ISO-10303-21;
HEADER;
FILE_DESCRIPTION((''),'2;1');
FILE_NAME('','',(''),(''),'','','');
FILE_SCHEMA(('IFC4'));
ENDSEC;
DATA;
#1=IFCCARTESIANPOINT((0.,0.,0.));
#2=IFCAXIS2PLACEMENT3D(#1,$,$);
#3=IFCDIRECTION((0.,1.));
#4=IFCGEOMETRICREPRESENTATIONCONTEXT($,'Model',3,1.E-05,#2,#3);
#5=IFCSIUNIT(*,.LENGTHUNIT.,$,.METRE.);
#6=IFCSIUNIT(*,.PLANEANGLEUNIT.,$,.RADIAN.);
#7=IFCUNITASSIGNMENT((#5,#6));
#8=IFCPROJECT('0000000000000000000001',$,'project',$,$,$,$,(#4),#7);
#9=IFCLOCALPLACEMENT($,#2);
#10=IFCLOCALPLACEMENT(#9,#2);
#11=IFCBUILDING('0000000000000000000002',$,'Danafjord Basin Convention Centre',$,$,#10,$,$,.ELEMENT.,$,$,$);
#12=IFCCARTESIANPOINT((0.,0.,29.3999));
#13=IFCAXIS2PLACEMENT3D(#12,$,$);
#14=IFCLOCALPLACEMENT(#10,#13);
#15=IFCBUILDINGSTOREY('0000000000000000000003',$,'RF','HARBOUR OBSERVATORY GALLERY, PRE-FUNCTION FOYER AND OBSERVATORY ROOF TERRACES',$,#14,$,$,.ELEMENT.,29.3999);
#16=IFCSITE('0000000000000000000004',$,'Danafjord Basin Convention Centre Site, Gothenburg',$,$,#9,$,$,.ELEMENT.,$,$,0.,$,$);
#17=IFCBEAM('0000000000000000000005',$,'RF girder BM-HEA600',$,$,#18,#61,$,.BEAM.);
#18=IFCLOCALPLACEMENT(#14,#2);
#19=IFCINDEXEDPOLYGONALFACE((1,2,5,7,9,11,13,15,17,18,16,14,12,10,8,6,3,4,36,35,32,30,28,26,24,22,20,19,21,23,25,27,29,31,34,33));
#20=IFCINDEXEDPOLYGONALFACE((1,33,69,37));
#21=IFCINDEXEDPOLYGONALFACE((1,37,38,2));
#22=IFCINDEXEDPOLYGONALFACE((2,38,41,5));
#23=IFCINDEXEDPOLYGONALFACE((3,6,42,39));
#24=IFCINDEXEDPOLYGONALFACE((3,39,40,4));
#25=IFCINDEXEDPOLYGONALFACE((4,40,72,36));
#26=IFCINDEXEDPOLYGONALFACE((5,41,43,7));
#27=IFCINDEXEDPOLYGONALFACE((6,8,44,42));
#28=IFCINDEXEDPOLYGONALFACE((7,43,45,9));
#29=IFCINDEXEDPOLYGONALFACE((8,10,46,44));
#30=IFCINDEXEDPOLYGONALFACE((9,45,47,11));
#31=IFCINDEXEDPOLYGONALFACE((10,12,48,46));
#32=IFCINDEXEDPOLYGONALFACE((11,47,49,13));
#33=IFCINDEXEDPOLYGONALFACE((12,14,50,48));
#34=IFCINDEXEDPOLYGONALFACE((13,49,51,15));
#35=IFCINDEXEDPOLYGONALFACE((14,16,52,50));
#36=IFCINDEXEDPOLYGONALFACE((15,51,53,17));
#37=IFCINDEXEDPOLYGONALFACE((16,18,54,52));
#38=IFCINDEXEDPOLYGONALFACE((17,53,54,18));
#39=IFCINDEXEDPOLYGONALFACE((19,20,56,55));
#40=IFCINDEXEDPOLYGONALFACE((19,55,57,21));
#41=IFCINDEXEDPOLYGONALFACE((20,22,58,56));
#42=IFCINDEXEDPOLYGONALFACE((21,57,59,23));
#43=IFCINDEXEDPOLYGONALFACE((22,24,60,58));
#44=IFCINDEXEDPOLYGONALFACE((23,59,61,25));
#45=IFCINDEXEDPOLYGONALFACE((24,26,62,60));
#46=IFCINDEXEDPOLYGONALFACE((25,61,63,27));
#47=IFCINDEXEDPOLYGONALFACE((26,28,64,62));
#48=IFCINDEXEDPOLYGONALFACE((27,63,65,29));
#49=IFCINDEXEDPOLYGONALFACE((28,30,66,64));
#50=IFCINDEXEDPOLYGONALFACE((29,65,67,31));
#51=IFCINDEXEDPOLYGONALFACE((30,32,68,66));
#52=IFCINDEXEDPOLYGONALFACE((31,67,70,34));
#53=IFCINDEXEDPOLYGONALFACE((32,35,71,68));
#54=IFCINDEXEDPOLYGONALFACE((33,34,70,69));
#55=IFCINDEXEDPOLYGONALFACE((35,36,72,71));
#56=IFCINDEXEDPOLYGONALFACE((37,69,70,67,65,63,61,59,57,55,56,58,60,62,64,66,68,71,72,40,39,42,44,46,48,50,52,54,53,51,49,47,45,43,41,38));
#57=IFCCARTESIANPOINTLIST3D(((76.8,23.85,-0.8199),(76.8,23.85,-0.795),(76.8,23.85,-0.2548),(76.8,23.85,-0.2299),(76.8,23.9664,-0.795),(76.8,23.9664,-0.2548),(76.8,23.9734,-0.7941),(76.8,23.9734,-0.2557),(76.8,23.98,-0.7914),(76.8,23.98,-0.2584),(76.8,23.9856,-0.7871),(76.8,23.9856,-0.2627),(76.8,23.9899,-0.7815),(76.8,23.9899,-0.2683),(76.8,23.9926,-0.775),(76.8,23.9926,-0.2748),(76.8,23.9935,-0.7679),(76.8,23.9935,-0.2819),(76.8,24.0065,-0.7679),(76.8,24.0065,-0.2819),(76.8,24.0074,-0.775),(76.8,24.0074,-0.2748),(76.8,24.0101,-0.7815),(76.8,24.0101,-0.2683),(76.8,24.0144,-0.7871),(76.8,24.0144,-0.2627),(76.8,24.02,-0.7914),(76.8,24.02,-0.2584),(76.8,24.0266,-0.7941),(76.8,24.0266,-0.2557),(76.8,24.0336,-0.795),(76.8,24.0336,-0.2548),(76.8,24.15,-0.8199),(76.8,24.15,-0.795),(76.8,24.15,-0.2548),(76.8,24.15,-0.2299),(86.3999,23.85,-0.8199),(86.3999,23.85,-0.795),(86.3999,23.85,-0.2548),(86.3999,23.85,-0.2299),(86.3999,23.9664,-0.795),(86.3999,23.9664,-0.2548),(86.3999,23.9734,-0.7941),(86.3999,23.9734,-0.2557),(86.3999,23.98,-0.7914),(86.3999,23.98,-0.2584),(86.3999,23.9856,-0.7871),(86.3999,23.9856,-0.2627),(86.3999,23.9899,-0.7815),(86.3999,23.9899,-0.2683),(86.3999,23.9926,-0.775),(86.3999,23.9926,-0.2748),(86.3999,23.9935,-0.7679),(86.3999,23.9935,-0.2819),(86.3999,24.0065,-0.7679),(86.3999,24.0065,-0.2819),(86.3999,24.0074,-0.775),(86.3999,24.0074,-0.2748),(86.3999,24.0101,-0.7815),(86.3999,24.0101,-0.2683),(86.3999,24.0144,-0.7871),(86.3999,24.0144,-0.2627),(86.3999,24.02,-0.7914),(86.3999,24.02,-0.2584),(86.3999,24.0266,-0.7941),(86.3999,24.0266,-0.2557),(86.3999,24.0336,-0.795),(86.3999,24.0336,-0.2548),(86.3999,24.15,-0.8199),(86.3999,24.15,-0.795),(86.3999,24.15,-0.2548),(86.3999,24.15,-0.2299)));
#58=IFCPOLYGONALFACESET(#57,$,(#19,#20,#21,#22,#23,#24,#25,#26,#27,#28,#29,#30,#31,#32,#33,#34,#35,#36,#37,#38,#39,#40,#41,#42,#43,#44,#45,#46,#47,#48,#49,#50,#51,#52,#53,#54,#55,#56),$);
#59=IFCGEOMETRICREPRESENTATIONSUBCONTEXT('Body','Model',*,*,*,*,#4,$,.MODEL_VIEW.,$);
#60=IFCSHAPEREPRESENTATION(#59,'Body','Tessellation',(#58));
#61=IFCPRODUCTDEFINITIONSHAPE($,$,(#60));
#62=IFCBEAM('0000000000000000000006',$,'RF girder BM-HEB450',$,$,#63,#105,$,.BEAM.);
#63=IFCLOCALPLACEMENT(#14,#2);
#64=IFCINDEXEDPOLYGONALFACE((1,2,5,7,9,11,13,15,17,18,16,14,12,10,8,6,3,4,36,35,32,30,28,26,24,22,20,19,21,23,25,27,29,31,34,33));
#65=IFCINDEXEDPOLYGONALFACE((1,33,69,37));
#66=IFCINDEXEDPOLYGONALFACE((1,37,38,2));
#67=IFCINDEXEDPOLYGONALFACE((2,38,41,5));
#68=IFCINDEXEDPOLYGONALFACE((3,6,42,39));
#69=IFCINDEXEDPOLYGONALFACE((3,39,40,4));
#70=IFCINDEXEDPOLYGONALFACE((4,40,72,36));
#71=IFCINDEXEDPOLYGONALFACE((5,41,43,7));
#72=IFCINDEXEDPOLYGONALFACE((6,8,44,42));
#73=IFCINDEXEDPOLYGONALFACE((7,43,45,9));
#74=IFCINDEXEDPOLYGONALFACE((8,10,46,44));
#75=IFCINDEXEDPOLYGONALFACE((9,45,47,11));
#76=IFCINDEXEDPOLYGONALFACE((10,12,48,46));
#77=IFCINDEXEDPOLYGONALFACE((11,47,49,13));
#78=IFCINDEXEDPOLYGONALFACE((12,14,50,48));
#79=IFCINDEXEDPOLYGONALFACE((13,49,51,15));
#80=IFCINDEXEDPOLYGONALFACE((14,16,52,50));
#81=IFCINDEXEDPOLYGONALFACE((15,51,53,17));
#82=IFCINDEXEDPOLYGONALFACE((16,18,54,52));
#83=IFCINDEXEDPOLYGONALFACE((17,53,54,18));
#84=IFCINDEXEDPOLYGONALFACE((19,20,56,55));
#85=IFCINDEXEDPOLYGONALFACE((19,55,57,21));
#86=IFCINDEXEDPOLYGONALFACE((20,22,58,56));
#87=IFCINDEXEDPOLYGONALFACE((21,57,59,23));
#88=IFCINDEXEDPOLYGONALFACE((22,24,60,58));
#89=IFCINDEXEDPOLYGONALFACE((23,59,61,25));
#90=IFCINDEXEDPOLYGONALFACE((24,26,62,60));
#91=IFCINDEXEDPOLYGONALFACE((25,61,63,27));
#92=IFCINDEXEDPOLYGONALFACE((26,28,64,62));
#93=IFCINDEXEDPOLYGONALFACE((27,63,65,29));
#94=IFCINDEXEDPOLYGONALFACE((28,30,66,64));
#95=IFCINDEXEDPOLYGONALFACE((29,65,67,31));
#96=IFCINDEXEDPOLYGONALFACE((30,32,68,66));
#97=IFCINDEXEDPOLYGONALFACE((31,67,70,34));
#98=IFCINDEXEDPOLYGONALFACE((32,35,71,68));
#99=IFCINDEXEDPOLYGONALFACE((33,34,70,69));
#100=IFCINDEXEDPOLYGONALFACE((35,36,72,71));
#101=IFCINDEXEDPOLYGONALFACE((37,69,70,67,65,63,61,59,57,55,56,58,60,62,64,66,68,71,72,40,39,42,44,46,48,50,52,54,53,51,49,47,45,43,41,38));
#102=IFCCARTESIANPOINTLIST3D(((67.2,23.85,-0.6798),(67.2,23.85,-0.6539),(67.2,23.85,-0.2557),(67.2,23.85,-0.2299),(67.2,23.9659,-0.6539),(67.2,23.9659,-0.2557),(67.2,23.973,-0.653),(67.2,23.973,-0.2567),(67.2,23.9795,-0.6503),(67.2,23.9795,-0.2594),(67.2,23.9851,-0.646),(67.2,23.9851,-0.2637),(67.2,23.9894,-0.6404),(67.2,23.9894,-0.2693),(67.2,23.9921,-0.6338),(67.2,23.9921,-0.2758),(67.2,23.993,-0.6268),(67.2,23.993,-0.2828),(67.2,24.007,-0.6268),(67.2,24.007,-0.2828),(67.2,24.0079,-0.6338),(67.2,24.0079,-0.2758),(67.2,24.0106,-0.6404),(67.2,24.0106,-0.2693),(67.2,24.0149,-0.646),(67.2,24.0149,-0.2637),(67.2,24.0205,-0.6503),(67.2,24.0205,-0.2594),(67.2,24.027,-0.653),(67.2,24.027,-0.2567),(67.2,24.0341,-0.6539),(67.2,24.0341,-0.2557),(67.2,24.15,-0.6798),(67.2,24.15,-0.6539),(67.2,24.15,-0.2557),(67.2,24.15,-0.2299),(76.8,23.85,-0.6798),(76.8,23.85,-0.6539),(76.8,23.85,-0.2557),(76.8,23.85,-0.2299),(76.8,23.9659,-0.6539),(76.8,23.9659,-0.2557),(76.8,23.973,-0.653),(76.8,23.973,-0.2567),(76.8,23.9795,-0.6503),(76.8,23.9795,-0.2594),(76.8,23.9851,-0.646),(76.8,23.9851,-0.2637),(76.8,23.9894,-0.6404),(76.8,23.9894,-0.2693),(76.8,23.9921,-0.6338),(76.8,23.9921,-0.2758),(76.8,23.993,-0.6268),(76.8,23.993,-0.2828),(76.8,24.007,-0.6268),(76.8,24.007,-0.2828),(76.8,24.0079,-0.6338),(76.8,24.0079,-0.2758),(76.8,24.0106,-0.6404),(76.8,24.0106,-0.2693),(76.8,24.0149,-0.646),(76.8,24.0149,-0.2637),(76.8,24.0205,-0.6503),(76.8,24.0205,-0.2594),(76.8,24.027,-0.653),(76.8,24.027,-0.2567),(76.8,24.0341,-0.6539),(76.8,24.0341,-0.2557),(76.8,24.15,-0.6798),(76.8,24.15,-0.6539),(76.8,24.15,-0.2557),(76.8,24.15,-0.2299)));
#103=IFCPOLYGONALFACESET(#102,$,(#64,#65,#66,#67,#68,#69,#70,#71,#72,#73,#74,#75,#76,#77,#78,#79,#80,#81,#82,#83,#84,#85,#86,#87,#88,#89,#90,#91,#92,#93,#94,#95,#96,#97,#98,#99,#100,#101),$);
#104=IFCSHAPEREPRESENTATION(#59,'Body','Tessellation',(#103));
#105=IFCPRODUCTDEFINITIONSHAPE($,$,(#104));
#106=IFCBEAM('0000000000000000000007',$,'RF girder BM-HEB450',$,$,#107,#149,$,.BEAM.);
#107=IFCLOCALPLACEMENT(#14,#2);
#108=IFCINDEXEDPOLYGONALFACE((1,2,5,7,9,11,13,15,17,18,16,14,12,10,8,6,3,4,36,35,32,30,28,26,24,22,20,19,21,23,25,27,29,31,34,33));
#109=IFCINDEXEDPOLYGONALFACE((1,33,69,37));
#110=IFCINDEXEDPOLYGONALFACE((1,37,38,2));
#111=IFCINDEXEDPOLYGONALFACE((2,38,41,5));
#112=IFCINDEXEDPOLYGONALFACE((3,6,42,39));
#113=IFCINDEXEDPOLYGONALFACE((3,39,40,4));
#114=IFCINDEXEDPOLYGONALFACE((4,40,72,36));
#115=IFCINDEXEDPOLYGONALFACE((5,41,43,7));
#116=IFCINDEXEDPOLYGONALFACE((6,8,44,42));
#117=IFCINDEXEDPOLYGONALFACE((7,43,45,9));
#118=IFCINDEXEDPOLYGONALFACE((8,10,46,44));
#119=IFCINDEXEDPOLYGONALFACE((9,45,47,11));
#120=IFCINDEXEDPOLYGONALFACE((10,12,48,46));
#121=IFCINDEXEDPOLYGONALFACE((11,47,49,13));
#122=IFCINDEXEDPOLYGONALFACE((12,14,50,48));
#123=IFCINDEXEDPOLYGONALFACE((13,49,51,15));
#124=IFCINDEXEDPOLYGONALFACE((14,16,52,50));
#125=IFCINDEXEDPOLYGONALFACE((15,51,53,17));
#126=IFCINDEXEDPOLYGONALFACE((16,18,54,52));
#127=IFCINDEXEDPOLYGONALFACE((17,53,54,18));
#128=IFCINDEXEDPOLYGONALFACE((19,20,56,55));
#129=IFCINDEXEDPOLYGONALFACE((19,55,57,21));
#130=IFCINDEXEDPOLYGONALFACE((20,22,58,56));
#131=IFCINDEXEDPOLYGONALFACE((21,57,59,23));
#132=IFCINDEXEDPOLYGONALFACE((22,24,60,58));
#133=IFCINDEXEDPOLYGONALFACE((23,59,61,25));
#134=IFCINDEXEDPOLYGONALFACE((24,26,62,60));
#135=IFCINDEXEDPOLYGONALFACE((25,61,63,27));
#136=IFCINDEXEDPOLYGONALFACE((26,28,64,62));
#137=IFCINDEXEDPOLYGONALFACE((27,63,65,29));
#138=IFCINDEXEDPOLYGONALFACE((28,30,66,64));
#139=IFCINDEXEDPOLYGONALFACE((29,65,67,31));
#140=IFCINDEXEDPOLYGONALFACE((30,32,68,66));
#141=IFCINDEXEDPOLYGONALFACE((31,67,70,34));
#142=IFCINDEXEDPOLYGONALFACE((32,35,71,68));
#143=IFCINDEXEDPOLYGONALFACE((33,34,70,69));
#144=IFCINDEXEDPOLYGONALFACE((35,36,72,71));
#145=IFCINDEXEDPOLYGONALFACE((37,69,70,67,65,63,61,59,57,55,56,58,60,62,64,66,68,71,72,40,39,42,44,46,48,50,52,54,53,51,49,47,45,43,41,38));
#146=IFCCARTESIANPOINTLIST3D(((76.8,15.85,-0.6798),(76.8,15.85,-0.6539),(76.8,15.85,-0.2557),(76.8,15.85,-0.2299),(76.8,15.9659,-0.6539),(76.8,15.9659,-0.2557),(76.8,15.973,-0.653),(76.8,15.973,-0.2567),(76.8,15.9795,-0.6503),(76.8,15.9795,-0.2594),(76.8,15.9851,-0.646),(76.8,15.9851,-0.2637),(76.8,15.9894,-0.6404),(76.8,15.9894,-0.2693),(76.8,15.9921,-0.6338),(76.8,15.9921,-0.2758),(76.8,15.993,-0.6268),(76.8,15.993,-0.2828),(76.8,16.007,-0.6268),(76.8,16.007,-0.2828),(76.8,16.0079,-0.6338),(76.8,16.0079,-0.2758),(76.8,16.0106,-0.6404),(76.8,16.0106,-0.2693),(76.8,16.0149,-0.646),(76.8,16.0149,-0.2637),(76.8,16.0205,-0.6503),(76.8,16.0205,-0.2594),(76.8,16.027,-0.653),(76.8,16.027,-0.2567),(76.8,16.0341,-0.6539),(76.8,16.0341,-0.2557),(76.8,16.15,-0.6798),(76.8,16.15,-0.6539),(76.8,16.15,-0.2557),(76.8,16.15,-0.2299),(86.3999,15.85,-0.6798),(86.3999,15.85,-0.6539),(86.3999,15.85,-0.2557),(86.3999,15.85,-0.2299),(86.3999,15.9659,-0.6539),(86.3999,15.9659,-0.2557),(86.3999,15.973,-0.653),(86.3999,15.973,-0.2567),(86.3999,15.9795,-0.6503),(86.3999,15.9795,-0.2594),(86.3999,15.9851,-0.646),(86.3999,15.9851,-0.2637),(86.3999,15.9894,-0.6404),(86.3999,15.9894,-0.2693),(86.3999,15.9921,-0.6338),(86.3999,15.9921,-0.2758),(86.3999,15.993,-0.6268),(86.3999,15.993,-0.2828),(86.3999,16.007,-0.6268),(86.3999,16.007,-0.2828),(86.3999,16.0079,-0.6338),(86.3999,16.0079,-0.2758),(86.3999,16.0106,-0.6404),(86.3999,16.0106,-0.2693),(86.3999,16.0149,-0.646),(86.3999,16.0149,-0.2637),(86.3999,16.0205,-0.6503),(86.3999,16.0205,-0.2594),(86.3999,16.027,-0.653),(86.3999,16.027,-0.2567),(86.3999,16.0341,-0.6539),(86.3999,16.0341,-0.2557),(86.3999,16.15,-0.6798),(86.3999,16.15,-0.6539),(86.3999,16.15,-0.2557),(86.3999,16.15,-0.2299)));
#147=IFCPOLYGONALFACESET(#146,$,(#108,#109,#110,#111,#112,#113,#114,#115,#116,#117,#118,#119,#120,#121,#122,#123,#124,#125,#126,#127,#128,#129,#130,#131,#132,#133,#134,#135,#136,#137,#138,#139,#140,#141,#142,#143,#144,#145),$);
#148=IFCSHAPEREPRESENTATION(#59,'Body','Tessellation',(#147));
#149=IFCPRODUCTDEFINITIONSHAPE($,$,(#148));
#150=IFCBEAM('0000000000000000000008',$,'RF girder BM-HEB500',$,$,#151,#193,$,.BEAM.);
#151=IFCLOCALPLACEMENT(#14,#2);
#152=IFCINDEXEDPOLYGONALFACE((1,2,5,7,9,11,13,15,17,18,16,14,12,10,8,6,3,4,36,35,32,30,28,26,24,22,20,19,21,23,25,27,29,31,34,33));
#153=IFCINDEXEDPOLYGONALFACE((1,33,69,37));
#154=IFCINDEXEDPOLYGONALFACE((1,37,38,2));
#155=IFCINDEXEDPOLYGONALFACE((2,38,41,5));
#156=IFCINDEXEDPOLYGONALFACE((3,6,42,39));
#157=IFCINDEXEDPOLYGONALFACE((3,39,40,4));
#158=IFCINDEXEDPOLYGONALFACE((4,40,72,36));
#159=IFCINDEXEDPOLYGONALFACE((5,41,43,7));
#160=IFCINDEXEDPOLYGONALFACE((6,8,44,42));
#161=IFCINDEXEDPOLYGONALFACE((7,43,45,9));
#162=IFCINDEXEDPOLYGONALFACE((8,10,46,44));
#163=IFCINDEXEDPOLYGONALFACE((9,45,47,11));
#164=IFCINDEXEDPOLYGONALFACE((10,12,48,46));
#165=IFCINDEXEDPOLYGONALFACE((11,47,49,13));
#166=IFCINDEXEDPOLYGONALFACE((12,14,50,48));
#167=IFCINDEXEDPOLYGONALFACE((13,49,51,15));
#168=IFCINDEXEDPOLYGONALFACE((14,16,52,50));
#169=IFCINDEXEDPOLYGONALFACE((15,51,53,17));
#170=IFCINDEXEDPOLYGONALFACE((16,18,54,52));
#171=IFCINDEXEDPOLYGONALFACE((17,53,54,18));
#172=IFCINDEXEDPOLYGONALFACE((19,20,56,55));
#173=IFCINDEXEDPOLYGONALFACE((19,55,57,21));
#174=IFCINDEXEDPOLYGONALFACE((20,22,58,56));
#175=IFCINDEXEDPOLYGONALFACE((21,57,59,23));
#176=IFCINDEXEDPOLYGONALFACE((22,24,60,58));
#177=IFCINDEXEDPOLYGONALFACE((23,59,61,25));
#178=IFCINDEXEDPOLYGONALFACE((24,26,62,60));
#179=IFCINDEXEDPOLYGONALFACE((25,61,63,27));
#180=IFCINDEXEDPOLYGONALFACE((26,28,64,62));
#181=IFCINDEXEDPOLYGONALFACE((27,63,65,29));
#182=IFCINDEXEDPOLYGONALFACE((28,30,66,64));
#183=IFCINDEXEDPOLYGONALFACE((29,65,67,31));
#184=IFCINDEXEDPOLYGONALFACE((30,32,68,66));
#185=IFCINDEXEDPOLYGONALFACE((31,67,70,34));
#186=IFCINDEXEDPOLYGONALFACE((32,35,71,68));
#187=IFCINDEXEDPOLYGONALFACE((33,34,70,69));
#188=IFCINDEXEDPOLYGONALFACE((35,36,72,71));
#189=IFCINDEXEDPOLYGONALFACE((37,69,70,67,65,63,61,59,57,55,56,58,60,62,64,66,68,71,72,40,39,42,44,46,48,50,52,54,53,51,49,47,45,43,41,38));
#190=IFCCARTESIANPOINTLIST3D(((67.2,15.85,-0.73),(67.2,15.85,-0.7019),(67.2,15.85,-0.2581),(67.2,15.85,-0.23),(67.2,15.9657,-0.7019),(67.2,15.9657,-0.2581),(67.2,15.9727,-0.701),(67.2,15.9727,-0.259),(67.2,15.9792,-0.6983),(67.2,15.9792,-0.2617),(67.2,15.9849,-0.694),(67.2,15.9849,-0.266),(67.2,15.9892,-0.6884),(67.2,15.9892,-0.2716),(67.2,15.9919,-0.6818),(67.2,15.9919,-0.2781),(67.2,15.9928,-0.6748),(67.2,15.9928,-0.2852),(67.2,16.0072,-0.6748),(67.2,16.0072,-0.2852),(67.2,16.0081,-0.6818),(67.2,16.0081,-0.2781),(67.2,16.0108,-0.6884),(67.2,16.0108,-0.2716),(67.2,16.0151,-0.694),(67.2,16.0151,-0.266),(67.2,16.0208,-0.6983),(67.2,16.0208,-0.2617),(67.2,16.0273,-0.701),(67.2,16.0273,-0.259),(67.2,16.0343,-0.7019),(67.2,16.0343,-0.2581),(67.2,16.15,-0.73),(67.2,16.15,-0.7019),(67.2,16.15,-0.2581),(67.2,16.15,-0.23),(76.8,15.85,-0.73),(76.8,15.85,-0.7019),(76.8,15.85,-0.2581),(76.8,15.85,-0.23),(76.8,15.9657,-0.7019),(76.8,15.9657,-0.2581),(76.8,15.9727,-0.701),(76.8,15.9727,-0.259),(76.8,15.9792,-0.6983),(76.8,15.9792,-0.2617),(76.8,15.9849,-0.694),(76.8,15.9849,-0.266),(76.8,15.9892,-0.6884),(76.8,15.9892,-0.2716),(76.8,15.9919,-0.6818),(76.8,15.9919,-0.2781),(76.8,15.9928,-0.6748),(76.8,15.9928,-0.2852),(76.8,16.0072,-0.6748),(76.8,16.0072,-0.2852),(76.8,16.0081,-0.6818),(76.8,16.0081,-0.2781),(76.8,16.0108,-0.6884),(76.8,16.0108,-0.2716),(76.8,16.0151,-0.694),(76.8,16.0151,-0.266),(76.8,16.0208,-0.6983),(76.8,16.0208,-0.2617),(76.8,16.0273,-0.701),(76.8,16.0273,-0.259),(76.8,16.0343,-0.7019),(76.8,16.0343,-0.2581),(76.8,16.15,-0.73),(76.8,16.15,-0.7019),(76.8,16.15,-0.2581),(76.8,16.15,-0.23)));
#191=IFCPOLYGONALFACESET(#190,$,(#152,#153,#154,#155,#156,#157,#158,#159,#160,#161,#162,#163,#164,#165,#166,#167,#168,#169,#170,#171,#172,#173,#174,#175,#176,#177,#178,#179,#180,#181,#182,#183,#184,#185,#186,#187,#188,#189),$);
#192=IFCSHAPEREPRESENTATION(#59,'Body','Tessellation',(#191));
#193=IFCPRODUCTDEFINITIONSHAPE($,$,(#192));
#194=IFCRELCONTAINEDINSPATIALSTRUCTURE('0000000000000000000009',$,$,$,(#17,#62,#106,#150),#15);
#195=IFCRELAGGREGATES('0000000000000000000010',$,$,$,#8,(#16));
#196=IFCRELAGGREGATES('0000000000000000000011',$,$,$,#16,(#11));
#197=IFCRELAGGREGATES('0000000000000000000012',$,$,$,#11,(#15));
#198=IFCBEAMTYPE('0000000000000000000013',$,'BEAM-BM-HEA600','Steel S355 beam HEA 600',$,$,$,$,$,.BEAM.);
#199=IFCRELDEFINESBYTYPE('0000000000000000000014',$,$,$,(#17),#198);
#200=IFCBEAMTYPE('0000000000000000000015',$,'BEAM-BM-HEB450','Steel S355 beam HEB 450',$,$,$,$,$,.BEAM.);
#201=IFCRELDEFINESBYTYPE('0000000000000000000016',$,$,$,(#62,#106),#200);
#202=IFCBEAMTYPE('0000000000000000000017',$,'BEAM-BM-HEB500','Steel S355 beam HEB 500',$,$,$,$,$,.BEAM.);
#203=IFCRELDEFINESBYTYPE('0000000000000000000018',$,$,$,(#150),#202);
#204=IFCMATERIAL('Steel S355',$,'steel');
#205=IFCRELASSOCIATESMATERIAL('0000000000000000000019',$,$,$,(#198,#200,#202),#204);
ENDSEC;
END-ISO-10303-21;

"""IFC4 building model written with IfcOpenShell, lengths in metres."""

from ifc_helpers import new_model, si_unit, direction, frame, origin, origin_2d, place, context, subcontext, project, spatial, i_section, extrude, material, material_profile, profile_set, type_object, element, save


model = new_model("IFC4")

# Units and contexts
model_context = context("Model", 3, precision=1e-05, world=origin(), true_north=direction((0.0, 1.0)))
body_context = subcontext(model_context, "Body", "Model", "MODEL_VIEW")
ifc_project = project(units=[si_unit("LENGTHUNIT", "METRE"), si_unit("PLANEANGLEUNIT", "RADIAN")], contexts=[model_context])

# Site, building, storey
site_placement = place(None, origin())
site = spatial("IfcSite", under=ifc_project, at=site_placement, Name="Danafjord Basin Convention Centre Site, Gothenburg", CompositionType="ELEMENT", RefElevation=0.0)
building_placement = place(site_placement, origin())
building = spatial("IfcBuilding", under=site, at=building_placement, Name="Danafjord Basin Convention Centre", CompositionType="ELEMENT")
storey_placement = place(building_placement, frame((0.0, 0.0, 29.3999)))
storey = spatial("IfcBuildingStorey", under=building, at=storey_placement, Name="RF", Description="HARBOUR OBSERVATORY GALLERY, PRE-FUNCTION FOYER AND OBSERVATORY ROOF TERRACES", CompositionType="ELEMENT", Elevation=29.3999)

# Shared definitions
ifc_material_1 = material(Name="Steel S355", Category="steel")

# Beams
ifc_material_profile_1 = material_profile(ifc_material_1, i_section(OverallWidth=0.3, OverallDepth=0.5901, WebThickness=0.0129, FlangeThickness=0.0249, FilletRadius=0.0271, at=origin_2d()), Name="HEA 600")
ifc_profile_set_1 = profile_set([ifc_material_profile_1], Name="Steel S355")
beam_type_1 = type_object("IfcBeamType", Name="BEAM-BM-HEA600", Description="Steel S355 beam HEA 600", PredefinedType="BEAM", material=ifc_profile_set_1)
beam_1_placement = place(storey_placement, frame((76.8, 24.0, -0.5249), z_axis=(1.0, 0.0, 0.0), x_axis=(0.0, 1.0, 0.0)))
element("IfcBeam", 1, at=beam_1_placement, inside=storey, type_object=beam_type_1, Name="RF girder BM-HEA600", PredefinedType="BEAM", context=body_context, shape_type="SweptSolid", body=[
    extrude(i_section(OverallWidth=0.3, OverallDepth=0.5901, WebThickness=0.0129, FlangeThickness=0.0249, FilletRadius=0.0271, at=origin_2d()), origin(), (0.0, 0.0, 1.0), 9.5999),
])
ifc_material_profile_2 = material_profile(ifc_material_1, i_section(OverallWidth=0.3, OverallDepth=0.45, WebThickness=0.0139, FlangeThickness=0.0259, FilletRadius=0.0271, at=origin_2d()), Name="HEB 450")
ifc_profile_set_2 = profile_set([ifc_material_profile_2], Name="Steel S355")
beam_type_2 = type_object("IfcBeamType", Name="BEAM-BM-HEB450", Description="Steel S355 beam HEB 450", PredefinedType="BEAM", material=ifc_profile_set_2)
beam_2_placement = place(storey_placement, frame((67.2, 24.0, -0.4548), z_axis=(1.0, 0.0, 0.0), x_axis=(0.0, 1.0, 0.0)))
element("IfcBeam", 2, at=beam_2_placement, inside=storey, type_object=beam_type_2, Name="RF girder BM-HEB450", PredefinedType="BEAM", context=body_context, shape_type="SweptSolid", body=[
    extrude(i_section(OverallWidth=0.3, OverallDepth=0.45, WebThickness=0.0139, FlangeThickness=0.0259, FilletRadius=0.0271, at=origin_2d()), origin(), (0.0, 0.0, 1.0), 9.6001),
])
beam_3_placement = place(storey_placement, frame((76.8, 16.0, -0.4548), z_axis=(1.0, 0.0, 0.0), x_axis=(0.0, 1.0, 0.0)))
element("IfcBeam", 3, at=beam_3_placement, inside=storey, type_object=beam_type_2, Name="RF girder BM-HEB450", PredefinedType="BEAM", context=body_context, shape_type="SweptSolid", body=[
    extrude(i_section(OverallWidth=0.3, OverallDepth=0.45, WebThickness=0.0139, FlangeThickness=0.0259, FilletRadius=0.0271, at=origin_2d()), origin(), (0.0, 0.0, 1.0), 9.5999),
])
ifc_material_profile_3 = material_profile(ifc_material_1, i_section(OverallWidth=0.3, OverallDepth=0.5, WebThickness=0.0144, FlangeThickness=0.0281, FilletRadius=0.0271, at=origin_2d()), Name="HEB 500")
ifc_profile_set_3 = profile_set([ifc_material_profile_3], Name="Steel S355")
beam_type_3 = type_object("IfcBeamType", Name="BEAM-BM-HEB500", Description="Steel S355 beam HEB 500", PredefinedType="BEAM", material=ifc_profile_set_3)
beam_4_placement = place(storey_placement, frame((67.2, 16.0, -0.48), z_axis=(1.0, 0.0, 0.0), x_axis=(0.0, 1.0, 0.0)))
element("IfcBeam", 4, at=beam_4_placement, inside=storey, type_object=beam_type_3, Name="RF girder BM-HEB500", PredefinedType="BEAM", context=body_context, shape_type="SweptSolid", body=[
    extrude(i_section(OverallWidth=0.3, OverallDepth=0.5, WebThickness=0.0144, FlangeThickness=0.0281, FilletRadius=0.0271, at=origin_2d()), origin(), (0.0, 0.0, 1.0), 9.6001),
])

save(model, "model.ifc")
